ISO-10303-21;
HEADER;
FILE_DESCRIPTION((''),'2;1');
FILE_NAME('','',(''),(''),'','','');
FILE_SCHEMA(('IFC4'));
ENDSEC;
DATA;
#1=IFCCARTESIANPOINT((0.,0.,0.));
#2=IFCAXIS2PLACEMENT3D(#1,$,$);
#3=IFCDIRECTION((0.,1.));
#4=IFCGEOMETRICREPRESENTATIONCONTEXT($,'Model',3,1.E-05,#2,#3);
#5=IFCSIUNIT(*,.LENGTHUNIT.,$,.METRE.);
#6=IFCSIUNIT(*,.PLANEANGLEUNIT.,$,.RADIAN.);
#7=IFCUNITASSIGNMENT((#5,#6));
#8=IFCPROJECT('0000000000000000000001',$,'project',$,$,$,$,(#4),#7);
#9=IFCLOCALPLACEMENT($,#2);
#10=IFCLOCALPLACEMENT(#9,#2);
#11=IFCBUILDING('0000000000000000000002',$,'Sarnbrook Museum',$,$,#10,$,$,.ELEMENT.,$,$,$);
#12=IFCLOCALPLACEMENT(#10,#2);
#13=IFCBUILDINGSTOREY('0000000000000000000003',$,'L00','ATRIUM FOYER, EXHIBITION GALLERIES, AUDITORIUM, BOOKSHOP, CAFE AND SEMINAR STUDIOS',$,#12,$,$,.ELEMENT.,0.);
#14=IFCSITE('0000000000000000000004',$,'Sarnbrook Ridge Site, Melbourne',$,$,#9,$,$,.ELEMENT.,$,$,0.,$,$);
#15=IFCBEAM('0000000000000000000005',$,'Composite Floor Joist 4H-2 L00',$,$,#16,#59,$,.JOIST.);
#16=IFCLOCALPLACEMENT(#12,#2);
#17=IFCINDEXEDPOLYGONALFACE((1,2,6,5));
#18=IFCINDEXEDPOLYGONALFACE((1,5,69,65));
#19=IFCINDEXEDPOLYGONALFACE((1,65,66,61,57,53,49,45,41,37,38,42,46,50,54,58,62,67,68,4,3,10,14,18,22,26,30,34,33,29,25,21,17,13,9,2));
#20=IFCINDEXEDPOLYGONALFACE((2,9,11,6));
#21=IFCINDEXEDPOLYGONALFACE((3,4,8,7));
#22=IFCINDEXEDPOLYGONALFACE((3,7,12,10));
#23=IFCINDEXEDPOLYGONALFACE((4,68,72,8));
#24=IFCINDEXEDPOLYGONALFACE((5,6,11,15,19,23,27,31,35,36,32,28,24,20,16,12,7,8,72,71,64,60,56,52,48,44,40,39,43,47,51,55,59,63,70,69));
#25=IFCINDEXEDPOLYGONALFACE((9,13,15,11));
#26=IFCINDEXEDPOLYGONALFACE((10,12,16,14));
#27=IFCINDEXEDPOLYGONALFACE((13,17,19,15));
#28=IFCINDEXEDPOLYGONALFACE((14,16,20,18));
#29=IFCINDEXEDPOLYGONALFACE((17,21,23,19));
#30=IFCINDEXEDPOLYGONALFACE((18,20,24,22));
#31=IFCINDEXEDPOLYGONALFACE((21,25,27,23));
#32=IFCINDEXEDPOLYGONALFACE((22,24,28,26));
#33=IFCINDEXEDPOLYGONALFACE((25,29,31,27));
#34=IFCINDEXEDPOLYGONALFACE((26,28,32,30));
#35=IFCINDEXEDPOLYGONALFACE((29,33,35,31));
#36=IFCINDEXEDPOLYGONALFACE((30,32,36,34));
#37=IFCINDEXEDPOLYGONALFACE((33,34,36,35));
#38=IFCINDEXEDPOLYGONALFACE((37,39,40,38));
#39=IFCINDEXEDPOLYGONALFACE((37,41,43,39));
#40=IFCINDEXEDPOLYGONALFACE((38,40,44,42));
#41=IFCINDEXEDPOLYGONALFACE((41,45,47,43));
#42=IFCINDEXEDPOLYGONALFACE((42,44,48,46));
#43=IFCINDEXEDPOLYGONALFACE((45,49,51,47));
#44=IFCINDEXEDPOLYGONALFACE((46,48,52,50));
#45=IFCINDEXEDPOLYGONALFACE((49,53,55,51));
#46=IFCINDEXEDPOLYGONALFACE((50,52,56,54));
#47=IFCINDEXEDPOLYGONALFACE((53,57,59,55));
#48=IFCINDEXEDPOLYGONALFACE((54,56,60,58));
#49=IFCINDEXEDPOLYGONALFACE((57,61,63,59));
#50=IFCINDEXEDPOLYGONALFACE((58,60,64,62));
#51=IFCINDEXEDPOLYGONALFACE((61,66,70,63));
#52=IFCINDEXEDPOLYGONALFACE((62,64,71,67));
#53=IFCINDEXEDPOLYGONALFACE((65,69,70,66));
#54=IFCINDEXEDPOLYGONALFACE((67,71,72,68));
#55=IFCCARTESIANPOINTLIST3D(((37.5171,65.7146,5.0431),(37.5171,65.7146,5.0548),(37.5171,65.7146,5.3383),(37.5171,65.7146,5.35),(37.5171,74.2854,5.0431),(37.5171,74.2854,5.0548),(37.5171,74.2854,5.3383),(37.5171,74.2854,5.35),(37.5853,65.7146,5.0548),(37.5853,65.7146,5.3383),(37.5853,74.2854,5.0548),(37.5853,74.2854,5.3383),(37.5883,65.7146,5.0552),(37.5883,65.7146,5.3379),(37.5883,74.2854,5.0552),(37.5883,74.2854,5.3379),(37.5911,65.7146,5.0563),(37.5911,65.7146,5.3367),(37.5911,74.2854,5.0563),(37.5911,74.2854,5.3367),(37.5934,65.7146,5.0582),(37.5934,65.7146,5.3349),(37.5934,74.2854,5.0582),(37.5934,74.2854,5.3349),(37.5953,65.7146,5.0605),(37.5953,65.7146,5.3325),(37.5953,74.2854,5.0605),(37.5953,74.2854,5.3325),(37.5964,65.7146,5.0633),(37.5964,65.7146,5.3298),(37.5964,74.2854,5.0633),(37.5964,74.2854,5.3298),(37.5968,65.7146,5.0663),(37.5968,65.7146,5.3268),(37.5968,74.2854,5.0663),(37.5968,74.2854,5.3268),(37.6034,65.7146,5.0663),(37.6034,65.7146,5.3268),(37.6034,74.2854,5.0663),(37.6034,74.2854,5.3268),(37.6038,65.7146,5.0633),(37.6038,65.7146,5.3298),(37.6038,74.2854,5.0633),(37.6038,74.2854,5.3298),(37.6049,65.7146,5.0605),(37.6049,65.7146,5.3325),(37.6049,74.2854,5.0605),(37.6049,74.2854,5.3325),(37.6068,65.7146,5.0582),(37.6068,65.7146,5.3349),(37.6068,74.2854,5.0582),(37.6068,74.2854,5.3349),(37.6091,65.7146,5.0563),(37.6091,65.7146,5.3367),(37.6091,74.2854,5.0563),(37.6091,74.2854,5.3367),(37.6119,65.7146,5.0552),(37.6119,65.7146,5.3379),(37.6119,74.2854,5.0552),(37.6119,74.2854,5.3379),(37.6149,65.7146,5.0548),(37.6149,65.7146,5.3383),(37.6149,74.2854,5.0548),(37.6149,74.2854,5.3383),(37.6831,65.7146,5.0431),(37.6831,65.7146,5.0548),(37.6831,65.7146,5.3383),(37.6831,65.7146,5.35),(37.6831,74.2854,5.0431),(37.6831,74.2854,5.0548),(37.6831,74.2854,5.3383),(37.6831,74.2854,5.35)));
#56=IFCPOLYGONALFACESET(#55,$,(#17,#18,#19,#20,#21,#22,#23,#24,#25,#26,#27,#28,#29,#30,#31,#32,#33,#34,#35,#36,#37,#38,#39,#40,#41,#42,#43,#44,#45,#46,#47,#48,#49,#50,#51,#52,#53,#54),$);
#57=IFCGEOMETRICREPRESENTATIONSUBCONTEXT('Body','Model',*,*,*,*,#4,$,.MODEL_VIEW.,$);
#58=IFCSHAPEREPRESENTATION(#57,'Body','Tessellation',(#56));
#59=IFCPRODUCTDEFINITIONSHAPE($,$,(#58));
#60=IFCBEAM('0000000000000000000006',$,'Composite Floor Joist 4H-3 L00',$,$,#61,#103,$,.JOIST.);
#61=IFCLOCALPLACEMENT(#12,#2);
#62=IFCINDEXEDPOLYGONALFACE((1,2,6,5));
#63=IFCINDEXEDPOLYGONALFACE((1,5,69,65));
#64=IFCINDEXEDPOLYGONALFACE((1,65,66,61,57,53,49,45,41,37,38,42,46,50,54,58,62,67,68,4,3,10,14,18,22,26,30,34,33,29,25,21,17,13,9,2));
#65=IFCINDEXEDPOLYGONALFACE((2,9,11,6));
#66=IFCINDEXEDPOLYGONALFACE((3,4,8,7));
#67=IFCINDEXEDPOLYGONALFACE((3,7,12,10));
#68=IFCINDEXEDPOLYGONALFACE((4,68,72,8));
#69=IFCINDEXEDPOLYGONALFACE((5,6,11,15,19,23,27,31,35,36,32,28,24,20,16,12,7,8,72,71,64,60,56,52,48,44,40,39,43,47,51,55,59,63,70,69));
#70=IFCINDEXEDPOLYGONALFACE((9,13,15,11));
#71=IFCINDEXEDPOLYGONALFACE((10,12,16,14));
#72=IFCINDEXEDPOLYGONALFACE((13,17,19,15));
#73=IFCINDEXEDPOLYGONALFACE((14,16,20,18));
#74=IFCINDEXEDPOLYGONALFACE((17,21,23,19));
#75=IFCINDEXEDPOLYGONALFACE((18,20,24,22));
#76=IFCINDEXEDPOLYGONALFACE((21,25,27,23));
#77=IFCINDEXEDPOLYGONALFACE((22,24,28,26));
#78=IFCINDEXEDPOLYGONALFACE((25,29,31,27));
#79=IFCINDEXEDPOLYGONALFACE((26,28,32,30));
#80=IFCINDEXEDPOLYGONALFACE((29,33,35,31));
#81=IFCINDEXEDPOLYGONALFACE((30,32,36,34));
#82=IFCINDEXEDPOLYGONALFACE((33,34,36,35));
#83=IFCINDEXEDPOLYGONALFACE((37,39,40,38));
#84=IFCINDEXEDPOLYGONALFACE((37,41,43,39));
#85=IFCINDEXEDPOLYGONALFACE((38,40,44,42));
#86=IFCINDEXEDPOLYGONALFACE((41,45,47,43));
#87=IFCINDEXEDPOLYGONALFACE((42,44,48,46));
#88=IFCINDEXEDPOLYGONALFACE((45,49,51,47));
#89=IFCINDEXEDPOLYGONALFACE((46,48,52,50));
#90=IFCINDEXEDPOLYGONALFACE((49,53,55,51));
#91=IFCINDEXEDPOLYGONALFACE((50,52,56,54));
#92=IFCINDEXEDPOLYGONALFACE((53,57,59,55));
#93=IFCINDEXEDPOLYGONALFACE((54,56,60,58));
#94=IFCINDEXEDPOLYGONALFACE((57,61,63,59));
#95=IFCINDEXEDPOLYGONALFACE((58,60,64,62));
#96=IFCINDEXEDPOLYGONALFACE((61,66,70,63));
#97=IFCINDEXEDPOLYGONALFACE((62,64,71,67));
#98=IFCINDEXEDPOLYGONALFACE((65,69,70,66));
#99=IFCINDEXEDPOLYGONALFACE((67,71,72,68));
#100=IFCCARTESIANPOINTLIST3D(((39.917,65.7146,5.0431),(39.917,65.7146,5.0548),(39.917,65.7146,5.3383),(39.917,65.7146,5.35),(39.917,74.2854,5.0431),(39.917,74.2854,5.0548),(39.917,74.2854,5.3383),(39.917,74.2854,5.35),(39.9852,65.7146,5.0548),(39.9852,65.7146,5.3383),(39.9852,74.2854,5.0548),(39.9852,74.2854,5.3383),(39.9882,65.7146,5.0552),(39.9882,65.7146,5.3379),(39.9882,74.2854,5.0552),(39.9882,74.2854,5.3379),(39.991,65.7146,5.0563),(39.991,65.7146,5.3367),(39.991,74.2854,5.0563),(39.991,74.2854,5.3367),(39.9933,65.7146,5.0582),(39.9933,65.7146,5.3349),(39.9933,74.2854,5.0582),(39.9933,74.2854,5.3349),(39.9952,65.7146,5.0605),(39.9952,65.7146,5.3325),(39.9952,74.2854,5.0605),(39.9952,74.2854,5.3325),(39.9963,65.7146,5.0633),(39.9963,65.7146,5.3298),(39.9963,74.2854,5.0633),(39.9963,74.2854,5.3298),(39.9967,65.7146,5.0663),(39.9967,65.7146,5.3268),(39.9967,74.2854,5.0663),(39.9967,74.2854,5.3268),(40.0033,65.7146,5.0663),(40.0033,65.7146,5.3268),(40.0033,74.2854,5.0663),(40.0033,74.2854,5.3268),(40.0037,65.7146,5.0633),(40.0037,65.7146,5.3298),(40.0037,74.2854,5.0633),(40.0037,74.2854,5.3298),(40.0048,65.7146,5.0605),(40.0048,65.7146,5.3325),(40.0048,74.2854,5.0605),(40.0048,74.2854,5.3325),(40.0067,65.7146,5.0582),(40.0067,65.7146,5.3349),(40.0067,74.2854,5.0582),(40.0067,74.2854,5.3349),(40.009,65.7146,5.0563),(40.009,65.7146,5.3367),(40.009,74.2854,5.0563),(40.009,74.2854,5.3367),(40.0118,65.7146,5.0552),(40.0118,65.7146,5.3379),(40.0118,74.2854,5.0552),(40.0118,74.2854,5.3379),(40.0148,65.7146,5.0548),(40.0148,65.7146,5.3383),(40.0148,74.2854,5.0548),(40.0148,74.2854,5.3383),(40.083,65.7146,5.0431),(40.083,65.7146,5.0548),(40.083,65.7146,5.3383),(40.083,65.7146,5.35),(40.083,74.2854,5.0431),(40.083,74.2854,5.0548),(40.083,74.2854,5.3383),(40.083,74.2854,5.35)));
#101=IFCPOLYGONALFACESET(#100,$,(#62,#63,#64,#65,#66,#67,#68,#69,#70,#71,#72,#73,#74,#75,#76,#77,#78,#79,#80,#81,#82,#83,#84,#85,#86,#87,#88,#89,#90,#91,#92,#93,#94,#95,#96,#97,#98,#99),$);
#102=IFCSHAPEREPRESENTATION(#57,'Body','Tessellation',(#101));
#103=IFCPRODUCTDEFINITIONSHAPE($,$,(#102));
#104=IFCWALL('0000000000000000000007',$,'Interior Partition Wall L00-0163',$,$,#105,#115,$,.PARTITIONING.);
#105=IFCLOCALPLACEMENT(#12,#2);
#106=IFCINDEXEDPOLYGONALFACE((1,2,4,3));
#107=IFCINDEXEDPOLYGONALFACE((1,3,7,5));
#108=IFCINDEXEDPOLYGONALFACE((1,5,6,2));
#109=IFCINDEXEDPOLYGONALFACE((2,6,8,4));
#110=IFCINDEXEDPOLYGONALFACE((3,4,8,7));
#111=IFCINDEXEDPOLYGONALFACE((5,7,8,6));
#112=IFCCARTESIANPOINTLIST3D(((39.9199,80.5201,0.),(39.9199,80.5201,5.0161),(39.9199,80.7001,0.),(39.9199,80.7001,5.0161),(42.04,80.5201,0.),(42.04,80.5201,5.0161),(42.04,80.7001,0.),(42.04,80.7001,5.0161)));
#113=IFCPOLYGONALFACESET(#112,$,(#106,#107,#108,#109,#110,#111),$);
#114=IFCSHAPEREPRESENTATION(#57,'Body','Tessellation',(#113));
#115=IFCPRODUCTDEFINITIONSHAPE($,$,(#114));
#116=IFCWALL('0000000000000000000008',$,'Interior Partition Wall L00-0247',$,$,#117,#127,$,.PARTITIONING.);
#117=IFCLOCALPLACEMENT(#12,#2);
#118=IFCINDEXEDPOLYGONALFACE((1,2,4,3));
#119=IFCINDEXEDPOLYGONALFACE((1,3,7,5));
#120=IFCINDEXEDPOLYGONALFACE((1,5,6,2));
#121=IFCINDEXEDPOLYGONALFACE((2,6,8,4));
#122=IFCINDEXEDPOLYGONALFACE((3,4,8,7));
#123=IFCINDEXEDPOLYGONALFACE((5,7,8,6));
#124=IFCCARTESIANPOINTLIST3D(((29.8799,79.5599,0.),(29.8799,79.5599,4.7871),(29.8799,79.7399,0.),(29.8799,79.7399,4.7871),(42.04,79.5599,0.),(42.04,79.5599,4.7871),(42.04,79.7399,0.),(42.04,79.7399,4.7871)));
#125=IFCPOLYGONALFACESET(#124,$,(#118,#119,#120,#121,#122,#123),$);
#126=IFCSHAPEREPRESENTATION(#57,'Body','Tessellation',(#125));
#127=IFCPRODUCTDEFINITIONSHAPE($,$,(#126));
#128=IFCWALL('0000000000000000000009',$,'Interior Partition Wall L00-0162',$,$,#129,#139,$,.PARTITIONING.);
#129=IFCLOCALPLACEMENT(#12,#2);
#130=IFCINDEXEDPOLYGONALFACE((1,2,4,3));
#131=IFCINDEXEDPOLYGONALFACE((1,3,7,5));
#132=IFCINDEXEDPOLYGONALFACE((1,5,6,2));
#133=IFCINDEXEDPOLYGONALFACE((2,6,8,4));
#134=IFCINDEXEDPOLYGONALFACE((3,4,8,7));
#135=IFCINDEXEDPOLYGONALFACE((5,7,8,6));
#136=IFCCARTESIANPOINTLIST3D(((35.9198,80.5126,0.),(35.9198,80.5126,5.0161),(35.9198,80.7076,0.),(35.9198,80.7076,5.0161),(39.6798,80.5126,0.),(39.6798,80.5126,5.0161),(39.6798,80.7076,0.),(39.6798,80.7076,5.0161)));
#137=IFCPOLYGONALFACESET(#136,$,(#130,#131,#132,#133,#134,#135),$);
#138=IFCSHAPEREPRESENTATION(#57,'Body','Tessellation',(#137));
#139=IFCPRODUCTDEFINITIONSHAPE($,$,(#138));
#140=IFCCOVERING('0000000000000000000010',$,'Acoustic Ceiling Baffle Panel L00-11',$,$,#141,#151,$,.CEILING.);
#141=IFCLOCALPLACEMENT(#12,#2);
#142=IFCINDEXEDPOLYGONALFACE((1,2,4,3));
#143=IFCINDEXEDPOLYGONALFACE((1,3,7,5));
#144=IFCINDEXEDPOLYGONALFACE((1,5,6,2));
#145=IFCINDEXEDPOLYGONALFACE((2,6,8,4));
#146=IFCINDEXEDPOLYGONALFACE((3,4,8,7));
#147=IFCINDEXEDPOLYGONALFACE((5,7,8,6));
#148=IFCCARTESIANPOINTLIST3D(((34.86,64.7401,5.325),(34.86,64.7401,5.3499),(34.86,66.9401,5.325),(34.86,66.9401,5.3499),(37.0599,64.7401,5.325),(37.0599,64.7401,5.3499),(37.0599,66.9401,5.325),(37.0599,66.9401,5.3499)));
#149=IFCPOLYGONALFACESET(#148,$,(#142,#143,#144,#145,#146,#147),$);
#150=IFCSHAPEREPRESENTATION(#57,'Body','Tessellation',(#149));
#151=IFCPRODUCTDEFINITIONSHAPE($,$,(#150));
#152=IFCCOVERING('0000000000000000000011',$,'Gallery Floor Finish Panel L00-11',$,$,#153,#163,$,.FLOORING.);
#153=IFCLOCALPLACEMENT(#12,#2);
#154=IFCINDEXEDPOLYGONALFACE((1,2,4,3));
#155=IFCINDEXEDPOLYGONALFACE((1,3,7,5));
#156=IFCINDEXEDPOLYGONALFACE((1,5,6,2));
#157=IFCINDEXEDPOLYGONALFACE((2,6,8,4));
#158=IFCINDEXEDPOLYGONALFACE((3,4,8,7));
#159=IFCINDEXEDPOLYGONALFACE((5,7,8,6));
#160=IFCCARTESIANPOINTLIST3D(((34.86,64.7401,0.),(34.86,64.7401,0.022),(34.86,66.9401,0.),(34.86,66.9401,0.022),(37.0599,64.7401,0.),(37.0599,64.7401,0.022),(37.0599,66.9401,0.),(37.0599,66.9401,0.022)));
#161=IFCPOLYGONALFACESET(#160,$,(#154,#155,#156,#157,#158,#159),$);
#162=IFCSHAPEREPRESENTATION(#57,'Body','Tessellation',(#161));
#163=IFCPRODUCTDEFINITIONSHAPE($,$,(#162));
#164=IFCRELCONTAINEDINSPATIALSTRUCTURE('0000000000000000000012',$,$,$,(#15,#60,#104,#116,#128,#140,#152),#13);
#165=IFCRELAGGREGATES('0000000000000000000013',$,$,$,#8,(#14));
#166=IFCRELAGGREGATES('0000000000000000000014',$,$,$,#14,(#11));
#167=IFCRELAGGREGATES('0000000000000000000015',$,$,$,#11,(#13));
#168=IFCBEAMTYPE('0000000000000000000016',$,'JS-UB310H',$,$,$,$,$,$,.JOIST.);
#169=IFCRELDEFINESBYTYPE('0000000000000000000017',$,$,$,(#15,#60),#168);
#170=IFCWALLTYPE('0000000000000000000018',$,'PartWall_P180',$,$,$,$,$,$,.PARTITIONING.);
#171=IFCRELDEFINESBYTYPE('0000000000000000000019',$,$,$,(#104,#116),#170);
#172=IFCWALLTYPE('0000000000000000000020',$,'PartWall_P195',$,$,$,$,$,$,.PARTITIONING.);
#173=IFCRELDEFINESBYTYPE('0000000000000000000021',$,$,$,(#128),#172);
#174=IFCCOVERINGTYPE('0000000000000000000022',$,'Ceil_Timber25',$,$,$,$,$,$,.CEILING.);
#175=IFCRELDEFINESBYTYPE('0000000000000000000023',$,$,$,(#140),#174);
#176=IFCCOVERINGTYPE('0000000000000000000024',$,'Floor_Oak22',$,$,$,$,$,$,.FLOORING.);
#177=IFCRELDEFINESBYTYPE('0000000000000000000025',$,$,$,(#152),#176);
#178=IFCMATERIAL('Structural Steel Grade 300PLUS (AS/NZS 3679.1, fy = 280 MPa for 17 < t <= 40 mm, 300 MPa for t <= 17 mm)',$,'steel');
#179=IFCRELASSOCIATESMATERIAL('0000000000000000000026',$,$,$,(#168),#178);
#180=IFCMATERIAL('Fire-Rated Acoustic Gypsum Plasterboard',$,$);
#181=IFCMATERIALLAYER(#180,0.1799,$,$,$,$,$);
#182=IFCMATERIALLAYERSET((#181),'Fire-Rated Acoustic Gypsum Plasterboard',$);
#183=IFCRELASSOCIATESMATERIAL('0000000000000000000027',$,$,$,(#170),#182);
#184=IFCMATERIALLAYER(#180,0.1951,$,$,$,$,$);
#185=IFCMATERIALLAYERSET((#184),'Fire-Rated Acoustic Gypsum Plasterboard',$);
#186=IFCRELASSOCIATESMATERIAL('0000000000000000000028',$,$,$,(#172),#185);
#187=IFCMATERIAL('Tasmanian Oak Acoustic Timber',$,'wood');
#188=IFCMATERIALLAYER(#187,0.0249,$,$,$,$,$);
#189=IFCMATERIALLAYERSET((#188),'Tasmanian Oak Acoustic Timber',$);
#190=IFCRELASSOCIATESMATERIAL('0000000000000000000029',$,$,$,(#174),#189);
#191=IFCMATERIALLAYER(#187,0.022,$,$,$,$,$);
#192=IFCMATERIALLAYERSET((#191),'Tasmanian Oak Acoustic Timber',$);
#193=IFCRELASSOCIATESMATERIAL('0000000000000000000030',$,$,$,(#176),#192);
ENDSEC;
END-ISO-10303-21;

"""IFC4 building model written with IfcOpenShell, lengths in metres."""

from ifc_helpers import new_model, si_unit, direction, frame, frame_2d, origin, origin_2d, place, context, subcontext, project, spatial, rectangle, i_section, extrude, material, layer, layer_set, material_profile, profile_set, type_object, element, save


model = new_model("IFC4")

# Units and contexts
model_context = context("Model", 3, precision=1e-05, world=origin(), true_north=direction((0.0, 1.0)))
body_context = subcontext(model_context, "Body", "Model", "MODEL_VIEW")
ifc_project = project(units=[si_unit("LENGTHUNIT", "METRE"), si_unit("PLANEANGLEUNIT", "RADIAN")], contexts=[model_context])

# Site, building, storey
site_placement = place(None, origin())
site = spatial("IfcSite", under=ifc_project, at=site_placement, Name="Sarnbrook Ridge Site, Melbourne", CompositionType="ELEMENT", RefElevation=0.0)
building_placement = place(site_placement, origin())
building = spatial("IfcBuilding", under=site, at=building_placement, Name="Sarnbrook Museum", CompositionType="ELEMENT")
storey_placement = place(building_placement, origin())
storey = spatial("IfcBuildingStorey", under=building, at=storey_placement, Name="L00", Description="ATRIUM FOYER, EXHIBITION GALLERIES, AUDITORIUM, BOOKSHOP, CAFE AND SEMINAR STUDIOS", CompositionType="ELEMENT", Elevation=0.0)

# Shared definitions
ifc_material_1 = material(Name="Structural Steel Grade 300PLUS (AS/NZS 3679.1, fy = 280 MPa for 17 < t <= 40 mm, 300 MPa for t <= 17 mm)", Category="steel")

# Beams
ifc_material_profile_1 = material_profile(ifc_material_1, i_section(OverallWidth=0.166, OverallDepth=0.3069, WebThickness=0.0066, FlangeThickness=0.0117, FilletRadius=0.0115, at=origin_2d()), Name="310UB46.2")
ifc_profile_set_1 = profile_set([ifc_material_profile_1], Name="Structural Steel Grade 300PLUS (AS/NZS 3679.1, fy = 280 MPa for 17 < t <= 40 mm, 300 MPa for t <= 17 mm)")
beam_type_1 = type_object("IfcBeamType", Name="JS-UB310H", PredefinedType="JOIST", material=ifc_profile_set_1)
for number, where, z_axis, x_axis, name in (
    (1, (37.6001, 65.7146, 5.1965), (0.0, 1.0, 0.0), (-1.0, 0.0, 0.0), "Composite Floor Joist 4H-2 L00"),
    (2, (40.0, 65.7146, 5.1965), (0.0, 1.0, 0.0), (-1.0, 0.0, 0.0), "Composite Floor Joist 4H-3 L00"),
):
    element("IfcBeam", number, at=place(storey_placement, frame(where, z_axis=z_axis, x_axis=x_axis)), inside=storey, type_object=beam_type_1, Name=name, PredefinedType="JOIST", context=body_context, shape_type="SweptSolid", body=[
        extrude(i_section(OverallWidth=0.166, OverallDepth=0.3069, WebThickness=0.0066, FlangeThickness=0.0117, FilletRadius=0.0115, at=origin_2d()), origin(), (0.0, 0.0, 1.0), 8.5708),
    ])

# Walls
ifc_material_2 = material(Name="Fire-Rated Acoustic Gypsum Plasterboard")
ifc_layer_1 = layer(ifc_material_2, 0.1799)
ifc_layer_set_1 = layer_set([ifc_layer_1], Name="Fire-Rated Acoustic Gypsum Plasterboard")
wall_type_1 = type_object("IfcWallType", Name="PartWall_P180", PredefinedType="PARTITIONING", material=ifc_layer_set_1)
wall_1_placement = place(storey_placement, frame((39.9199, 80.6101, 0.0), z_axis=(0.0, 0.0, 1.0), x_axis=(1.0, 0.0, 0.0)))
element("IfcWall", 3, at=wall_1_placement, inside=storey, type_object=wall_type_1, Name="Interior Partition Wall L00-0163", PredefinedType="PARTITIONING", context=body_context, shape_type="SweptSolid", body=[
    extrude(rectangle(XDim=2.1201, YDim=0.1799, at=frame_2d((1.0601, 0.0))), origin(), (0.0, 0.0, 1.0), 5.0161),
])
wall_2_placement = place(storey_placement, frame((42.04, 79.6499, 0.0), z_axis=(0.0, 0.0, 1.0), x_axis=(-1.0, 0.0, 0.0)))
element("IfcWall", 4, at=wall_2_placement, inside=storey, type_object=wall_type_1, Name="Interior Partition Wall L00-0247", PredefinedType="PARTITIONING", context=body_context, shape_type="SweptSolid", body=[
    extrude(rectangle(XDim=12.1602, YDim=0.1799, at=frame_2d((6.0801, 0.0))), origin(), (0.0, 0.0, 1.0), 4.7871),
])
ifc_layer_2 = layer(ifc_material_2, 0.1951)
ifc_layer_set_2 = layer_set([ifc_layer_2], Name="Fire-Rated Acoustic Gypsum Plasterboard")
wall_type_2 = type_object("IfcWallType", Name="PartWall_P195", PredefinedType="PARTITIONING", material=ifc_layer_set_2)
wall_3_placement = place(storey_placement, frame((35.9199, 80.6101, 0.0), z_axis=(0.0, 0.0, 1.0), x_axis=(1.0, 0.0, 0.0)))
element("IfcWall", 5, at=wall_3_placement, inside=storey, type_object=wall_type_2, Name="Interior Partition Wall L00-0162", PredefinedType="PARTITIONING", context=body_context, shape_type="SweptSolid", body=[
    extrude(rectangle(XDim=3.76, YDim=0.1951, at=frame_2d((1.8799, 0.0))), origin(), (0.0, 0.0, 1.0), 5.0161),
])

# Coverings
ifc_material_3 = material(Name="Tasmanian Oak Acoustic Timber", Category="wood")
ifc_layer_3 = layer(ifc_material_3, 0.0249)
ifc_layer_set_3 = layer_set([ifc_layer_3], Name="Tasmanian Oak Acoustic Timber")
covering_type_1 = type_object("IfcCoveringType", Name="Ceil_Timber25", PredefinedType="CEILING", material=ifc_layer_set_3)
covering_1_placement = place(storey_placement, frame((35.96, 65.8401, 5.325), z_axis=(0.0, 0.0, 1.0), x_axis=(1.0, 0.0, 0.0)))
element("IfcCovering", 6, at=covering_1_placement, inside=storey, type_object=covering_type_1, Name="Acoustic Ceiling Baffle Panel L00-11", PredefinedType="CEILING", context=body_context, shape_type="SweptSolid", body=[
    extrude(rectangle(XDim=2.2, YDim=2.2, at=origin_2d()), origin(), (0.0, 0.0, 1.0), 0.0249),
])
ifc_layer_4 = layer(ifc_material_3, 0.022)
ifc_layer_set_4 = layer_set([ifc_layer_4], Name="Tasmanian Oak Acoustic Timber")
covering_type_2 = type_object("IfcCoveringType", Name="Floor_Oak22", PredefinedType="FLOORING", material=ifc_layer_set_4)
covering_2_placement = place(storey_placement, frame((35.96, 65.8401, 0.0), z_axis=(0.0, 0.0, 1.0), x_axis=(1.0, 0.0, 0.0)))
element("IfcCovering", 7, at=covering_2_placement, inside=storey, type_object=covering_type_2, Name="Gallery Floor Finish Panel L00-11", PredefinedType="FLOORING", context=body_context, shape_type="SweptSolid", body=[
    extrude(rectangle(XDim=2.2, YDim=2.2, at=origin_2d()), origin(), (0.0, 0.0, 1.0), 0.022),
])

save(model, "model.ifc")
